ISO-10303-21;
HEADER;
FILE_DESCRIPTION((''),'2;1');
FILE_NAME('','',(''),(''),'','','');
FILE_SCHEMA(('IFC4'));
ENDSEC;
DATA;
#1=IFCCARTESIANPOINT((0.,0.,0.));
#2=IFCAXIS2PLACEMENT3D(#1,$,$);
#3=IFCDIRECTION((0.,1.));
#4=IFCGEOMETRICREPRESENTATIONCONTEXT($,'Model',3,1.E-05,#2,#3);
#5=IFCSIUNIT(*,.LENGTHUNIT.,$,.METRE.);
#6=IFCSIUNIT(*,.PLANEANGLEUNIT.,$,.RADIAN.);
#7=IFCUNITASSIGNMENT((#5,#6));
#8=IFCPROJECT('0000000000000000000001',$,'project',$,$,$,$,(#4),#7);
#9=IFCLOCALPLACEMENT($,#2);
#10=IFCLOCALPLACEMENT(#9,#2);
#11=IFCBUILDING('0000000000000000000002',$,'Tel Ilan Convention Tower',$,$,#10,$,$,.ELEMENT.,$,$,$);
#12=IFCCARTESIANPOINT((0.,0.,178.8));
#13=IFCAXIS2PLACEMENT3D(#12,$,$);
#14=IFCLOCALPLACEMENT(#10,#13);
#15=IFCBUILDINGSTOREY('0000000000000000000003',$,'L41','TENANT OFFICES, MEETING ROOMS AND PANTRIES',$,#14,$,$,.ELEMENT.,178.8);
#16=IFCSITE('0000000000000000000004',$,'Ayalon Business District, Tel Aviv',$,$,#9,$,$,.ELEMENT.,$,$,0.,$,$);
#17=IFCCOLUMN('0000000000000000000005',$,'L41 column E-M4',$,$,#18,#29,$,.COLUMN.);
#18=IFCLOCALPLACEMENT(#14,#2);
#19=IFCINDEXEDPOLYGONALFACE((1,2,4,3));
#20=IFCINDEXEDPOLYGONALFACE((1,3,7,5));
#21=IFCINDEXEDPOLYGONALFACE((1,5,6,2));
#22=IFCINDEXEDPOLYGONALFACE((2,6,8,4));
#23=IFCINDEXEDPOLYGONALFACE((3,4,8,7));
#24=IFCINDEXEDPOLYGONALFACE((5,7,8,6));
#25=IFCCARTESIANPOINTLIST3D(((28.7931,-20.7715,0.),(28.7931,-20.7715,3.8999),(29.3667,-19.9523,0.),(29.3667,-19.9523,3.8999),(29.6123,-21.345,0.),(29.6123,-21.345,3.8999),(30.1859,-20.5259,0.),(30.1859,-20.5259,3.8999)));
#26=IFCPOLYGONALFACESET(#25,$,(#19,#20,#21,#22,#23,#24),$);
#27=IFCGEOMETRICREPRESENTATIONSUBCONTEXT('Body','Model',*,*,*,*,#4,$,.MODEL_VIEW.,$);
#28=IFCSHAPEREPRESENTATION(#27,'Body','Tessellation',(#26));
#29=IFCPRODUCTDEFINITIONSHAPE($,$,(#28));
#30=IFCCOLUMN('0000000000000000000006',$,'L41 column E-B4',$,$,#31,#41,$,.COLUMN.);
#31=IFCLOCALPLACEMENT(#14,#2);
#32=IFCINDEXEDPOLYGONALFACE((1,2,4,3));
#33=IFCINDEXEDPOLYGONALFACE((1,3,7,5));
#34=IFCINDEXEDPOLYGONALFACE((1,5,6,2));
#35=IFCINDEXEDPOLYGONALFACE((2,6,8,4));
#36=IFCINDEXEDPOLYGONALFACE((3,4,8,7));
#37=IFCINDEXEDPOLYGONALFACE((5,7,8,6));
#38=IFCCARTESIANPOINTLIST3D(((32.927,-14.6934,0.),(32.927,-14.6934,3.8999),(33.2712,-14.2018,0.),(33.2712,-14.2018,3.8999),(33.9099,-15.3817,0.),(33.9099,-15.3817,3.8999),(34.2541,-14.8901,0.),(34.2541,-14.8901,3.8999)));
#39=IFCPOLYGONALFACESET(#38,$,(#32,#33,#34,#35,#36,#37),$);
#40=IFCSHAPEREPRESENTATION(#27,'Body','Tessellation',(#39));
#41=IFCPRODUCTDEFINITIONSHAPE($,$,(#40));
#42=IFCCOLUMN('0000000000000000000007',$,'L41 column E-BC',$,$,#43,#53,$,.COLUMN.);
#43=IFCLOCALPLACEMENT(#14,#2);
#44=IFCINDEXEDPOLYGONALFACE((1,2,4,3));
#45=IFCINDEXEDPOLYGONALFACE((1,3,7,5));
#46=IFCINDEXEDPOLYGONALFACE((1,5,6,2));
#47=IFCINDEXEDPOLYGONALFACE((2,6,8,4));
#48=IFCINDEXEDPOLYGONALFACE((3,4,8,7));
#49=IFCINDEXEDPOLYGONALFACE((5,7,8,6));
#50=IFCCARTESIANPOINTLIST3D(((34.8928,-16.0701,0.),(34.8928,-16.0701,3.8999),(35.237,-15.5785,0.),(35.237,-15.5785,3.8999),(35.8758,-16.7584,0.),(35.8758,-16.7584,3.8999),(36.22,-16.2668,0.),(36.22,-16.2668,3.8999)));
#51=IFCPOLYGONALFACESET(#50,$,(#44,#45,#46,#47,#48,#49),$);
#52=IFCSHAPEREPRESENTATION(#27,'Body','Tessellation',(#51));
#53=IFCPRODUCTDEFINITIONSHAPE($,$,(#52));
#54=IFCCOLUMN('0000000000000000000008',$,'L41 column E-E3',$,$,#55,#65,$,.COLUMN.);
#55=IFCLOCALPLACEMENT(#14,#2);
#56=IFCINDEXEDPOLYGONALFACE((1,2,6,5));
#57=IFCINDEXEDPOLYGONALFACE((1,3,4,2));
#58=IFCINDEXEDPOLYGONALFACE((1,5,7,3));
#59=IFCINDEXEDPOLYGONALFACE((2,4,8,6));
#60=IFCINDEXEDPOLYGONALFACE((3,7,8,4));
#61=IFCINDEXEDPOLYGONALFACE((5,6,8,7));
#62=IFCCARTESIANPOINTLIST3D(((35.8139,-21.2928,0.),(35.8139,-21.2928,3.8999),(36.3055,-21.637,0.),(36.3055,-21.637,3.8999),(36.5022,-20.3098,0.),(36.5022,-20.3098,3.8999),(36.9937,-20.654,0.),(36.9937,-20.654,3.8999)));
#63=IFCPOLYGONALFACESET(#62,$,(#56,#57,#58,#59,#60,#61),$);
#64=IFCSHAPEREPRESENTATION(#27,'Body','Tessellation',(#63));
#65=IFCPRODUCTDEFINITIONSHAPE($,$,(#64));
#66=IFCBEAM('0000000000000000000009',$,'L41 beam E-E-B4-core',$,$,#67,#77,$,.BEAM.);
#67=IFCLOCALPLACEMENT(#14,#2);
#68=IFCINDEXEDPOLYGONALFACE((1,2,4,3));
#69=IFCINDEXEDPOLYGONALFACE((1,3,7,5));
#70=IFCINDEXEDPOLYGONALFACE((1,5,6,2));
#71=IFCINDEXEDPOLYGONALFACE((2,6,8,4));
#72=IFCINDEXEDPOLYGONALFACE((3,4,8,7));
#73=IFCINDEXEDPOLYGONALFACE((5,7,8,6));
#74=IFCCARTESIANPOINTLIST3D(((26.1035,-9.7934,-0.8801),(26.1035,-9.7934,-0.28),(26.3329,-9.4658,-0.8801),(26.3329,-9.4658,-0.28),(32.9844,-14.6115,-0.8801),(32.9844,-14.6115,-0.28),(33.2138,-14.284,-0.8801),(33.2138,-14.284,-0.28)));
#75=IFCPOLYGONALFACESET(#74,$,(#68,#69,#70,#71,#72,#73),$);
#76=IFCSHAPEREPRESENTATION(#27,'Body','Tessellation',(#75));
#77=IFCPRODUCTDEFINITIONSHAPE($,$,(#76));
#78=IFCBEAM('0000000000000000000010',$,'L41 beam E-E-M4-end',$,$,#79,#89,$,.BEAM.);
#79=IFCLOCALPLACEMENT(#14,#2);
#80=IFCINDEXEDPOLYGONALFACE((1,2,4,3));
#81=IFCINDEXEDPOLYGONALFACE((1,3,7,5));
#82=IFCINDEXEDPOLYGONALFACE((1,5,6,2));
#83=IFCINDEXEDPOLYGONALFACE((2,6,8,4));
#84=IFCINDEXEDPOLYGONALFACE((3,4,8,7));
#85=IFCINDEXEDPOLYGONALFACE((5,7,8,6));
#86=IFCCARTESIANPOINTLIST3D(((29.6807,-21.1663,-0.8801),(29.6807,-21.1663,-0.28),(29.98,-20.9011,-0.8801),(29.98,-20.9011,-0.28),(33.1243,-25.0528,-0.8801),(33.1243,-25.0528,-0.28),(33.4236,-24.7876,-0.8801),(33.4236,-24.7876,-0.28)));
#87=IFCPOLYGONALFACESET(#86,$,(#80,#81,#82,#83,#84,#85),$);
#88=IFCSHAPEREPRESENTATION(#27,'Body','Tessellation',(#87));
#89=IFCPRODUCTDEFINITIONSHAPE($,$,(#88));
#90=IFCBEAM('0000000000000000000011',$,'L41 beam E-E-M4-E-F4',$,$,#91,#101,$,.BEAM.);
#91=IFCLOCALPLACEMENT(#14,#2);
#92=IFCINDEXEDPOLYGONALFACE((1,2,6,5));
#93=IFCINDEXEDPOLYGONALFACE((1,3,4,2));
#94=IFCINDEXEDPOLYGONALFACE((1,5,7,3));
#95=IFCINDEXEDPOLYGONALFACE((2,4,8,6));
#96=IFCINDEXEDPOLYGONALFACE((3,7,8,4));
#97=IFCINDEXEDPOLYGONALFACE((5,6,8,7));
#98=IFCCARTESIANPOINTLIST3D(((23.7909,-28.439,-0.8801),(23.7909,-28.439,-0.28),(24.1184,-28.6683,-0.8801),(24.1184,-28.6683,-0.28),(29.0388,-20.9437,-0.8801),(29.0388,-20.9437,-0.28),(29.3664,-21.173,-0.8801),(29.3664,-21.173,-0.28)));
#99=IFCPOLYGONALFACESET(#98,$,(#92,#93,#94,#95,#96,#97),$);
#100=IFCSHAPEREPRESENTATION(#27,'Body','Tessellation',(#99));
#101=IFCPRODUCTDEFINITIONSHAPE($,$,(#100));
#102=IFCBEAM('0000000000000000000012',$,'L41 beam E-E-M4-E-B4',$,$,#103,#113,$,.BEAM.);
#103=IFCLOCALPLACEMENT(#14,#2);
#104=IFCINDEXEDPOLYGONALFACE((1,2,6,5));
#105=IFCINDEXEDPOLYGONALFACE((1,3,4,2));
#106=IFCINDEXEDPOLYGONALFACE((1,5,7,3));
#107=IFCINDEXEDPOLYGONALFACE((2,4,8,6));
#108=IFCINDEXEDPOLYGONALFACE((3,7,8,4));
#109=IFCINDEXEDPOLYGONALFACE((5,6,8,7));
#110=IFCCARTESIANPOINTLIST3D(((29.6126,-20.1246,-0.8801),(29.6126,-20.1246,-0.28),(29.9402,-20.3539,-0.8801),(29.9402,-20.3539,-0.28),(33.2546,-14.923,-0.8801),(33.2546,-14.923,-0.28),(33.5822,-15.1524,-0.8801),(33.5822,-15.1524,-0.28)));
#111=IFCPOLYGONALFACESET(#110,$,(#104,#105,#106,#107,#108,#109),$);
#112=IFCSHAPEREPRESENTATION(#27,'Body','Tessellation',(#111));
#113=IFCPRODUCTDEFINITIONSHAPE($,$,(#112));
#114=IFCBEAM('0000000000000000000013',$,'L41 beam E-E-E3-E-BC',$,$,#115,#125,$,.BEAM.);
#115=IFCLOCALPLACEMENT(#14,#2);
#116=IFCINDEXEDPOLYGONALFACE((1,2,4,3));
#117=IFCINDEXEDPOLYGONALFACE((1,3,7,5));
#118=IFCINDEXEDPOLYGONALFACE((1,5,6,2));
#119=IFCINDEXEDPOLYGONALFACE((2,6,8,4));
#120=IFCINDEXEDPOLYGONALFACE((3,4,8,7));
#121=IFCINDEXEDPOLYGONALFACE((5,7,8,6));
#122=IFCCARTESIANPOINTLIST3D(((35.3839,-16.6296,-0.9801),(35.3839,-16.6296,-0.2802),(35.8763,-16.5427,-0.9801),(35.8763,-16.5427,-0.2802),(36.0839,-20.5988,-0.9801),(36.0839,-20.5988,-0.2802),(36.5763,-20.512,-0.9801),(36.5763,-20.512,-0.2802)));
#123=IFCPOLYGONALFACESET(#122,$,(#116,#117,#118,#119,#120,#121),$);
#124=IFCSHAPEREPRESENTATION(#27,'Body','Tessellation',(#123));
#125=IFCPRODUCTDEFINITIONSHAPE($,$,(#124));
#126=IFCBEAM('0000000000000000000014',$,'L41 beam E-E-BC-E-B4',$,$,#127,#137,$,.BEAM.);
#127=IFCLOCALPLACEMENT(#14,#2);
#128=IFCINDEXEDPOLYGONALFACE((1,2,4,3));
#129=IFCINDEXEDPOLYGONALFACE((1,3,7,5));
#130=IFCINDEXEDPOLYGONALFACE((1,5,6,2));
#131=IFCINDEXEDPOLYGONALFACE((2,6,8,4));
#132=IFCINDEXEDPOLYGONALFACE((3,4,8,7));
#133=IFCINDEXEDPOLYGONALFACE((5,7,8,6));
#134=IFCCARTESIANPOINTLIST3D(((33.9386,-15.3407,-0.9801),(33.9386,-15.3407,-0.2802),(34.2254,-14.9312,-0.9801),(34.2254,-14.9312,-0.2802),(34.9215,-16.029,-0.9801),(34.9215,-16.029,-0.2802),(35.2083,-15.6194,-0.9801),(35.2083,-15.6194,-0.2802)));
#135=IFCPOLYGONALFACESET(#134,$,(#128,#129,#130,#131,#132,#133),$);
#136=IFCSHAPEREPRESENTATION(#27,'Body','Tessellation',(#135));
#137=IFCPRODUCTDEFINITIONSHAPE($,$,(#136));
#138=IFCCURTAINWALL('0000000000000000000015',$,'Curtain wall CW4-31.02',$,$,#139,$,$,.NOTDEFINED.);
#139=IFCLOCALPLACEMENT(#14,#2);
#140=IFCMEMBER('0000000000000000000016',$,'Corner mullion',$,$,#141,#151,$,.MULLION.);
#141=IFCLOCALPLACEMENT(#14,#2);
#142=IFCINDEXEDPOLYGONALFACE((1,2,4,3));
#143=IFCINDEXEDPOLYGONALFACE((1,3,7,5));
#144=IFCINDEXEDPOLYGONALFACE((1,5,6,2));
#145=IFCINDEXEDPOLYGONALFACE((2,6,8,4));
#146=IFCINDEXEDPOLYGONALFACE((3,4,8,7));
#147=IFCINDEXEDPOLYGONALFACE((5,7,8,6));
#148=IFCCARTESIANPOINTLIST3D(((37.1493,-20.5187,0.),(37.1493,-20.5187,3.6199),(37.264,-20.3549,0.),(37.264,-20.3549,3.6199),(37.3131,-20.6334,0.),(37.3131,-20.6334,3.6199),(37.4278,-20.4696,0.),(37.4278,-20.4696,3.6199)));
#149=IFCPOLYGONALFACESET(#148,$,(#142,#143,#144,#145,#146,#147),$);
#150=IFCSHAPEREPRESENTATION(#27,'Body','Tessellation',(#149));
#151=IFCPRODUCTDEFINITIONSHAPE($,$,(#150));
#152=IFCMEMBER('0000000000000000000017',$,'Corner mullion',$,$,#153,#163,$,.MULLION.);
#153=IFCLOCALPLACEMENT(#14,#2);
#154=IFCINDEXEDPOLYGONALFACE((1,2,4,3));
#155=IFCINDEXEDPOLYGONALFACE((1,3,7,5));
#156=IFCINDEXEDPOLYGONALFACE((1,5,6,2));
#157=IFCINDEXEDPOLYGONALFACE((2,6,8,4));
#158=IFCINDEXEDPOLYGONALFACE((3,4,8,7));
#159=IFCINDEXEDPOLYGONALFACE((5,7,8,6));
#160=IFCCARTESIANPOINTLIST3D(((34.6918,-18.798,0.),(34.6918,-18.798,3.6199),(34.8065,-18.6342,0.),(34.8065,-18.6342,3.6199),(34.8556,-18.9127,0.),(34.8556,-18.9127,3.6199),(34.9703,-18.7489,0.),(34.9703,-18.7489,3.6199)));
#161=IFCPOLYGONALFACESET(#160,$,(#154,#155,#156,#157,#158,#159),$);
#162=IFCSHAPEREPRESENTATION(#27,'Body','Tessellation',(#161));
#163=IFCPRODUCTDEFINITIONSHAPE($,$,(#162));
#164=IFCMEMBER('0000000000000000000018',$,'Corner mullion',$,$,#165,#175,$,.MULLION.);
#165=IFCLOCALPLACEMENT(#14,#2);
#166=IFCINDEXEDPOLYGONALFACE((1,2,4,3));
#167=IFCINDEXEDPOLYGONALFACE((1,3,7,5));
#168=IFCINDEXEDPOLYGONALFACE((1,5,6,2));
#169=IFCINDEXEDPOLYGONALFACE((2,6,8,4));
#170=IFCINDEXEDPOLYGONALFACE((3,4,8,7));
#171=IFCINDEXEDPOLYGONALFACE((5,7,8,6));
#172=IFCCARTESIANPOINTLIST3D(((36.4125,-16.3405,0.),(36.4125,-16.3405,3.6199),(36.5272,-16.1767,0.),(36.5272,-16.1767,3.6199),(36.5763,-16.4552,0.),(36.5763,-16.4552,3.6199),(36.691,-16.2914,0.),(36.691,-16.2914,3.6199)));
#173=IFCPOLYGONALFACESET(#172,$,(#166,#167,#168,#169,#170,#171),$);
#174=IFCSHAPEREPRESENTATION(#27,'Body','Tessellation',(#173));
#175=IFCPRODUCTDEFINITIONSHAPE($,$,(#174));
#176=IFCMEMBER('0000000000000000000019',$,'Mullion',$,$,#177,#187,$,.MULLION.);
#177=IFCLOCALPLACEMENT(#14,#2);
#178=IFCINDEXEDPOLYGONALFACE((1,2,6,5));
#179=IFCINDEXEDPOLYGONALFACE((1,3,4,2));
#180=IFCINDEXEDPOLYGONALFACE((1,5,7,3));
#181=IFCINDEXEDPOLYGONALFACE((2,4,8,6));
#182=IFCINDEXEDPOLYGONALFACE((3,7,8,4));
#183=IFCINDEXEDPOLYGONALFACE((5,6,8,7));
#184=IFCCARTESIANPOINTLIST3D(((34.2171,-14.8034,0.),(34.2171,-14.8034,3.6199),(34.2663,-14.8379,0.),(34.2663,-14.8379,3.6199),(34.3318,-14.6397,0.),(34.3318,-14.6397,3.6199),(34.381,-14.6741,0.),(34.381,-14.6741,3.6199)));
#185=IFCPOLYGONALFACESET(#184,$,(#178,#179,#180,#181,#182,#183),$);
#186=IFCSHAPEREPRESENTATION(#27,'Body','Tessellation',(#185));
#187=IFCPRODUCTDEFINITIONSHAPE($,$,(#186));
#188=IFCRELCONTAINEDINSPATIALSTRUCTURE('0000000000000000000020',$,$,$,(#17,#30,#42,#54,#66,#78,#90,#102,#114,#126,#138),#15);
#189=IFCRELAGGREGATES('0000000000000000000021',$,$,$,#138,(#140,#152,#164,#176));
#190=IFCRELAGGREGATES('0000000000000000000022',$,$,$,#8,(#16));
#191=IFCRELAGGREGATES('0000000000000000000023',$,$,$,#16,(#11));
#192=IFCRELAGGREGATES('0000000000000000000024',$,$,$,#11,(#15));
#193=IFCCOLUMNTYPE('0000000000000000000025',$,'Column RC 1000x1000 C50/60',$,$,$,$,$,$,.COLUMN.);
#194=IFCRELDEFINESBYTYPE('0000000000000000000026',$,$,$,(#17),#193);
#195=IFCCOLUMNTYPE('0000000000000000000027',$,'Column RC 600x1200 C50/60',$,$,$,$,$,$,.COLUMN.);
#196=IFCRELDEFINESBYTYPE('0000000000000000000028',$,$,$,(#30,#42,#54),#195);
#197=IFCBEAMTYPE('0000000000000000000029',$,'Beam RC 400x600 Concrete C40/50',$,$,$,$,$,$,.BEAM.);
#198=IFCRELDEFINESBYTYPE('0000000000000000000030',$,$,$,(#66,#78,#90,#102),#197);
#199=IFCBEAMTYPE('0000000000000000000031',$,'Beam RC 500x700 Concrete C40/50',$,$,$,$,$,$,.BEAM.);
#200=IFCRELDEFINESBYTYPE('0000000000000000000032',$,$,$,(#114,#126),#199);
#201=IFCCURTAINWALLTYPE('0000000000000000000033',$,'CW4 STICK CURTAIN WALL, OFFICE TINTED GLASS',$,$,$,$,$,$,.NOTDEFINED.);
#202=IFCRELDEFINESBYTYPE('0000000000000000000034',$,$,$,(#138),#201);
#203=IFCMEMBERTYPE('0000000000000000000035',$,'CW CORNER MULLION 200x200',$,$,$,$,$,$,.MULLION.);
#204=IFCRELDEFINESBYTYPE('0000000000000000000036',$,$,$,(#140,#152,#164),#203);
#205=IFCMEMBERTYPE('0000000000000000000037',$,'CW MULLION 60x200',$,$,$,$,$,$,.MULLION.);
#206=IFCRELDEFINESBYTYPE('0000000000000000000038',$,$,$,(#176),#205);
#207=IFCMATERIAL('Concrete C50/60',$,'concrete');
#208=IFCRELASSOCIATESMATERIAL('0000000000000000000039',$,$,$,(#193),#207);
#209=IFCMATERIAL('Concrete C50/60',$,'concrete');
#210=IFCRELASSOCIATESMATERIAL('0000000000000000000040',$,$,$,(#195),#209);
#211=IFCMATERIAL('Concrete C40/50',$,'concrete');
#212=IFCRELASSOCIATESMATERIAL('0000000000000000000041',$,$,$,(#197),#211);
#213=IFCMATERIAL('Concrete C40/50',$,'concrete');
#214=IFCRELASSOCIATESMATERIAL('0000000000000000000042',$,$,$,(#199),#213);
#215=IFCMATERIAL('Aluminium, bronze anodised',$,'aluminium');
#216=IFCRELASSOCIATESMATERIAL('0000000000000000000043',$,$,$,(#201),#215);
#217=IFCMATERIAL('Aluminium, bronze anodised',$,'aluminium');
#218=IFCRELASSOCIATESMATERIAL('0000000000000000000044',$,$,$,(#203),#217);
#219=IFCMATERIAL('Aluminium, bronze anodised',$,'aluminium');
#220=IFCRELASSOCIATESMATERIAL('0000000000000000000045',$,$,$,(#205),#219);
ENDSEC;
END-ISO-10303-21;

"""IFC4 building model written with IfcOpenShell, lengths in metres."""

from ifc_helpers import new_model, si_unit, direction, frame, origin, origin_2d, place, context, subcontext, project, spatial, rectangle, extrude, material, material_profile, profile_set, type_object, element, aggregate, save


model = new_model("IFC4")

# Units and contexts
model_context = context("Model", 3, precision=1e-05, world=origin(), true_north=direction((0.0, 1.0)))
body_context = subcontext(model_context, "Body", "Model", "MODEL_VIEW")
ifc_project = project(units=[si_unit("LENGTHUNIT", "METRE"), si_unit("PLANEANGLEUNIT", "RADIAN")], contexts=[model_context])

# Site, building, storey
site_placement = place(None, origin())
site = spatial("IfcSite", under=ifc_project, at=site_placement, Name="Ayalon Business District, Tel Aviv", CompositionType="ELEMENT", RefElevation=0.0)
building_placement = place(site_placement, origin())
building = spatial("IfcBuilding", under=site, at=building_placement, Name="Tel Ilan Convention Tower", CompositionType="ELEMENT")
storey_placement = place(building_placement, frame((0.0, 0.0, 178.8)))
storey = spatial("IfcBuildingStorey", under=building, at=storey_placement, Name="L41", Description="TENANT OFFICES, MEETING ROOMS AND PANTRIES", CompositionType="ELEMENT", Elevation=178.8)

# Columns
ifc_material_1 = material(Name="Concrete C50/60", Category="concrete")
ifc_material_profile_1 = material_profile(ifc_material_1, rectangle(XDim=1.0, YDim=1.0, at=origin_2d()), Name="RC 1000x1000")
ifc_profile_set_1 = profile_set([ifc_material_profile_1], Name="Concrete C50/60")
column_type_1 = type_object("IfcColumnType", Name="Column RC 1000x1000 C50/60", PredefinedType="COLUMN", material=ifc_profile_set_1)
column_placement = place(storey_placement, frame((29.4895, -20.6487, 0.0), z_axis=(0.0, 0.0, 1.0), x_axis=(0.819152, -0.573576, 0.0)))
element("IfcColumn", 1, at=column_placement, inside=storey, type_object=column_type_1, Name="L41 column E-M4", PredefinedType="COLUMN", context=body_context, shape_type="SweptSolid", body=[
    extrude(rectangle(XDim=1.0, YDim=1.0, at=origin_2d()), origin(), (0.0, 0.0, 1.0), 3.8999),
])
ifc_material_2 = material(Name="Concrete C50/60", Category="concrete")
ifc_material_profile_2 = material_profile(ifc_material_2, rectangle(XDim=1.2, YDim=0.6001, at=origin_2d()), Name="RC 600x1200")
ifc_profile_set_2 = profile_set([ifc_material_profile_2], Name="Concrete C50/60")
column_type_2 = type_object("IfcColumnType", Name="Column RC 600x1200 C50/60", PredefinedType="COLUMN", material=ifc_profile_set_2)
for number, where, z_axis, x_axis, name in (
    (2, (33.5906, -14.7917, 0.0), (0.0, 0.0, 1.0), (0.819152, -0.573576, 0.0), "L41 column E-B4"),
    (3, (35.5564, -16.1685, 0.0), (0.0, 0.0, 1.0), (0.819152, -0.573576, 0.0), "L41 column E-BC"),
    (4, (36.4038, -20.9734, 0.0), (0.0, 0.0, 1.0), (0.573576, 0.819152, 0.0), "L41 column E-E3"),
):
    element("IfcColumn", number, at=place(storey_placement, frame(where, z_axis=z_axis, x_axis=x_axis)), inside=storey, type_object=column_type_2, Name=name, PredefinedType="COLUMN", context=body_context, shape_type="SweptSolid", body=[
        extrude(rectangle(XDim=1.2, YDim=0.6001, at=origin_2d()), origin(), (0.0, 0.0, 1.0), 3.8999),
    ])

# Beams
ifc_material_3 = material(Name="Concrete C40/50", Category="concrete")
ifc_material_profile_3 = material_profile(ifc_material_3, rectangle(XDim=0.3999, YDim=0.6001, at=origin_2d()), Name="RC 400x600")
ifc_profile_set_3 = profile_set([ifc_material_profile_3], Name="Concrete C40/50")
beam_type_1 = type_object("IfcBeamType", Name="Beam RC 400x600 Concrete C40/50", PredefinedType="BEAM", material=ifc_profile_set_3)
beam_1_placement = place(storey_placement, frame((33.0991, -14.4478, -0.5801), z_axis=(-0.819147, 0.573583, 0.0), x_axis=(-0.573583, -0.819147, 0.0)))
element("IfcBeam", 5, at=beam_1_placement, inside=storey, type_object=beam_type_1, Name="L41 beam E-E-B4-core", PredefinedType="BEAM", context=body_context, shape_type="SweptSolid", body=[
    extrude(rectangle(XDim=0.3999, YDim=0.6001, at=origin_2d()), origin(), (0.0, 0.0, 1.0), 8.4001),
])
beam_2_placement = place(storey_placement, frame((29.8303, -21.0337, -0.5801), z_axis=(0.663175, -0.748464, 0.0), x_axis=(0.748464, 0.663175, 0.0)))
element("IfcBeam", 6, at=beam_2_placement, inside=storey, type_object=beam_type_1, Name="L41 beam E-E-M4-end", PredefinedType="BEAM", context=body_context, shape_type="SweptSolid", body=[
    extrude(rectangle(XDim=0.3999, YDim=0.6001, at=origin_2d()), origin(), (0.0, 0.0, 1.0), 5.1926),
])
beam_3_placement = place(storey_placement, frame((29.2026, -21.0583, -0.5801), z_axis=(-0.573557, -0.819165, 0.0), x_axis=(0.819165, -0.573557, 0.0)))
element("IfcBeam", 7, at=beam_3_placement, inside=storey, type_object=beam_type_1, Name="L41 beam E-E-M4-E-F4", PredefinedType="BEAM", context=body_context, shape_type="SweptSolid", body=[
    extrude(rectangle(XDim=0.3999, YDim=0.6001, at=origin_2d()), origin(), (0.0, 0.0, 1.0), 9.1499),
])
beam_4_placement = place(storey_placement, frame((29.7764, -20.2393, -0.5801), z_axis=(0.57356, 0.819163, 0.0), x_axis=(-0.819163, 0.57356, 0.0)))
element("IfcBeam", 8, at=beam_4_placement, inside=storey, type_object=beam_type_1, Name="L41 beam E-E-M4-E-B4", PredefinedType="BEAM", context=body_context, shape_type="SweptSolid", body=[
    extrude(rectangle(XDim=0.3999, YDim=0.6001, at=origin_2d()), origin(), (0.0, 0.0, 1.0), 6.3499),
])
ifc_material_4 = material(Name="Concrete C40/50", Category="concrete")
ifc_material_profile_4 = material_profile(ifc_material_4, rectangle(XDim=0.5, YDim=0.7, at=origin_2d()), Name="RC 500x700")
ifc_profile_set_4 = profile_set([ifc_material_profile_4], Name="Concrete C40/50")
beam_type_2 = type_object("IfcBeamType", Name="Beam RC 500x700 Concrete C40/50", PredefinedType="BEAM", material=ifc_profile_set_4)
beam_5_placement = place(storey_placement, frame((36.3301, -20.5554, -0.6301), z_axis=(-0.173664, 0.984805, 0.0), x_axis=(-0.984805, -0.173664, 0.0)))
element("IfcBeam", 9, at=beam_5_placement, inside=storey, type_object=beam_type_2, Name="L41 beam E-E-E3-E-BC", PredefinedType="BEAM", context=body_context, shape_type="SweptSolid", body=[
    extrude(rectangle(XDim=0.5, YDim=0.7, at=origin_2d()), origin(), (0.0, 0.0, 1.0), 4.0305),
])
beam_6_placement = place(storey_placement, frame((35.0649, -15.8242, -0.6301), z_axis=(-0.819155, 0.573572, 0.0), x_axis=(-0.573572, -0.819155, 0.0)))
element("IfcBeam", 10, at=beam_6_placement, inside=storey, type_object=beam_type_2, Name="L41 beam E-E-BC-E-B4", PredefinedType="BEAM", context=body_context, shape_type="SweptSolid", body=[
    extrude(rectangle(XDim=0.5, YDim=0.7, at=origin_2d()), origin(), (0.0, 0.0, 1.0), 1.2),
])

# Curtain wall, members
ifc_material_5 = material(Name="Aluminium, bronze anodised", Category="aluminium")
curtain_wall_type = type_object("IfcCurtainWallType", Name="CW4 STICK CURTAIN WALL, OFFICE TINTED GLASS", PredefinedType="NOTDEFINED", material=ifc_material_5)
curtain_wall_placement = place(storey_placement, origin())
curtain_wall = element("IfcCurtainWall", 11, at=curtain_wall_placement, inside=storey, type_object=curtain_wall_type, Name="Curtain wall CW4-31.02", PredefinedType="NOTDEFINED")
ifc_material_6 = material(Name="Aluminium, bronze anodised", Category="aluminium")
ifc_material_profile_5 = material_profile(ifc_material_6, rectangle(XDim=0.2, YDim=0.2, at=origin_2d()), Name="CW CORNER MULLION 200x200")
ifc_profile_set_5 = profile_set([ifc_material_profile_5], Name="Aluminium, bronze anodised")
member_type_1 = type_object("IfcMemberType", Name="CW CORNER MULLION 200x200", PredefinedType="MULLION", material=ifc_profile_set_5)
member_1_placement = place(storey_placement, frame((37.2886, -20.4941, 0.0), z_axis=(0.0, 0.0, 1.0), x_axis=(0.573576, 0.819152, 0.0)))
member_1 = element("IfcMember", 12, at=member_1_placement, type_object=member_type_1, Name="Corner mullion", PredefinedType="MULLION", context=body_context, shape_type="SweptSolid", body=[
    extrude(rectangle(XDim=0.2, YDim=0.2, at=origin_2d()), origin(), (0.0, 0.0, 1.0), 3.6199),
])
member_2_placement = place(storey_placement, frame((34.8311, -18.7734, 0.0), z_axis=(0.0, 0.0, 1.0), x_axis=(-0.819152, 0.573576, 0.0)))
member_2 = element("IfcMember", 13, at=member_2_placement, type_object=member_type_1, Name="Corner mullion", PredefinedType="MULLION", context=body_context, shape_type="SweptSolid", body=[
    extrude(rectangle(XDim=0.2, YDim=0.2, at=origin_2d()), origin(), (0.0, 0.0, 1.0), 3.6199),
])
member_3_placement = place(storey_placement, frame((36.5518, -16.3159, 0.0), z_axis=(0.0, 0.0, 1.0), x_axis=(0.573576, 0.819152, 0.0)))
member_3 = element("IfcMember", 14, at=member_3_placement, type_object=member_type_1, Name="Corner mullion", PredefinedType="MULLION", context=body_context, shape_type="SweptSolid", body=[
    extrude(rectangle(XDim=0.2, YDim=0.2, at=origin_2d()), origin(), (0.0, 0.0, 1.0), 3.6199),
])
ifc_material_7 = material(Name="Aluminium, bronze anodised", Category="aluminium")
ifc_material_profile_6 = material_profile(ifc_material_7, rectangle(XDim=0.0601, YDim=0.2, at=origin_2d()), Name="CW MULLION 60x200")
ifc_profile_set_6 = profile_set([ifc_material_profile_6], Name="Aluminium, bronze anodised")
member_type_2 = type_object("IfcMemberType", Name="CW MULLION 60x200", PredefinedType="MULLION", material=ifc_profile_set_6)
member_4_placement = place(storey_placement, frame((34.2991, -14.7388, 0.0), z_axis=(0.0, 0.0, 1.0), x_axis=(-0.819152, 0.573576, 0.0)))
member_4 = element("IfcMember", 15, at=member_4_placement, type_object=member_type_2, Name="Mullion", PredefinedType="MULLION", context=body_context, shape_type="SweptSolid", body=[
    extrude(rectangle(XDim=0.0601, YDim=0.2, at=origin_2d()), origin(), (0.0, 0.0, 1.0), 3.6199),
])
aggregate(curtain_wall, [member_1, member_2, member_3, member_4])

save(model, "model.ifc")
